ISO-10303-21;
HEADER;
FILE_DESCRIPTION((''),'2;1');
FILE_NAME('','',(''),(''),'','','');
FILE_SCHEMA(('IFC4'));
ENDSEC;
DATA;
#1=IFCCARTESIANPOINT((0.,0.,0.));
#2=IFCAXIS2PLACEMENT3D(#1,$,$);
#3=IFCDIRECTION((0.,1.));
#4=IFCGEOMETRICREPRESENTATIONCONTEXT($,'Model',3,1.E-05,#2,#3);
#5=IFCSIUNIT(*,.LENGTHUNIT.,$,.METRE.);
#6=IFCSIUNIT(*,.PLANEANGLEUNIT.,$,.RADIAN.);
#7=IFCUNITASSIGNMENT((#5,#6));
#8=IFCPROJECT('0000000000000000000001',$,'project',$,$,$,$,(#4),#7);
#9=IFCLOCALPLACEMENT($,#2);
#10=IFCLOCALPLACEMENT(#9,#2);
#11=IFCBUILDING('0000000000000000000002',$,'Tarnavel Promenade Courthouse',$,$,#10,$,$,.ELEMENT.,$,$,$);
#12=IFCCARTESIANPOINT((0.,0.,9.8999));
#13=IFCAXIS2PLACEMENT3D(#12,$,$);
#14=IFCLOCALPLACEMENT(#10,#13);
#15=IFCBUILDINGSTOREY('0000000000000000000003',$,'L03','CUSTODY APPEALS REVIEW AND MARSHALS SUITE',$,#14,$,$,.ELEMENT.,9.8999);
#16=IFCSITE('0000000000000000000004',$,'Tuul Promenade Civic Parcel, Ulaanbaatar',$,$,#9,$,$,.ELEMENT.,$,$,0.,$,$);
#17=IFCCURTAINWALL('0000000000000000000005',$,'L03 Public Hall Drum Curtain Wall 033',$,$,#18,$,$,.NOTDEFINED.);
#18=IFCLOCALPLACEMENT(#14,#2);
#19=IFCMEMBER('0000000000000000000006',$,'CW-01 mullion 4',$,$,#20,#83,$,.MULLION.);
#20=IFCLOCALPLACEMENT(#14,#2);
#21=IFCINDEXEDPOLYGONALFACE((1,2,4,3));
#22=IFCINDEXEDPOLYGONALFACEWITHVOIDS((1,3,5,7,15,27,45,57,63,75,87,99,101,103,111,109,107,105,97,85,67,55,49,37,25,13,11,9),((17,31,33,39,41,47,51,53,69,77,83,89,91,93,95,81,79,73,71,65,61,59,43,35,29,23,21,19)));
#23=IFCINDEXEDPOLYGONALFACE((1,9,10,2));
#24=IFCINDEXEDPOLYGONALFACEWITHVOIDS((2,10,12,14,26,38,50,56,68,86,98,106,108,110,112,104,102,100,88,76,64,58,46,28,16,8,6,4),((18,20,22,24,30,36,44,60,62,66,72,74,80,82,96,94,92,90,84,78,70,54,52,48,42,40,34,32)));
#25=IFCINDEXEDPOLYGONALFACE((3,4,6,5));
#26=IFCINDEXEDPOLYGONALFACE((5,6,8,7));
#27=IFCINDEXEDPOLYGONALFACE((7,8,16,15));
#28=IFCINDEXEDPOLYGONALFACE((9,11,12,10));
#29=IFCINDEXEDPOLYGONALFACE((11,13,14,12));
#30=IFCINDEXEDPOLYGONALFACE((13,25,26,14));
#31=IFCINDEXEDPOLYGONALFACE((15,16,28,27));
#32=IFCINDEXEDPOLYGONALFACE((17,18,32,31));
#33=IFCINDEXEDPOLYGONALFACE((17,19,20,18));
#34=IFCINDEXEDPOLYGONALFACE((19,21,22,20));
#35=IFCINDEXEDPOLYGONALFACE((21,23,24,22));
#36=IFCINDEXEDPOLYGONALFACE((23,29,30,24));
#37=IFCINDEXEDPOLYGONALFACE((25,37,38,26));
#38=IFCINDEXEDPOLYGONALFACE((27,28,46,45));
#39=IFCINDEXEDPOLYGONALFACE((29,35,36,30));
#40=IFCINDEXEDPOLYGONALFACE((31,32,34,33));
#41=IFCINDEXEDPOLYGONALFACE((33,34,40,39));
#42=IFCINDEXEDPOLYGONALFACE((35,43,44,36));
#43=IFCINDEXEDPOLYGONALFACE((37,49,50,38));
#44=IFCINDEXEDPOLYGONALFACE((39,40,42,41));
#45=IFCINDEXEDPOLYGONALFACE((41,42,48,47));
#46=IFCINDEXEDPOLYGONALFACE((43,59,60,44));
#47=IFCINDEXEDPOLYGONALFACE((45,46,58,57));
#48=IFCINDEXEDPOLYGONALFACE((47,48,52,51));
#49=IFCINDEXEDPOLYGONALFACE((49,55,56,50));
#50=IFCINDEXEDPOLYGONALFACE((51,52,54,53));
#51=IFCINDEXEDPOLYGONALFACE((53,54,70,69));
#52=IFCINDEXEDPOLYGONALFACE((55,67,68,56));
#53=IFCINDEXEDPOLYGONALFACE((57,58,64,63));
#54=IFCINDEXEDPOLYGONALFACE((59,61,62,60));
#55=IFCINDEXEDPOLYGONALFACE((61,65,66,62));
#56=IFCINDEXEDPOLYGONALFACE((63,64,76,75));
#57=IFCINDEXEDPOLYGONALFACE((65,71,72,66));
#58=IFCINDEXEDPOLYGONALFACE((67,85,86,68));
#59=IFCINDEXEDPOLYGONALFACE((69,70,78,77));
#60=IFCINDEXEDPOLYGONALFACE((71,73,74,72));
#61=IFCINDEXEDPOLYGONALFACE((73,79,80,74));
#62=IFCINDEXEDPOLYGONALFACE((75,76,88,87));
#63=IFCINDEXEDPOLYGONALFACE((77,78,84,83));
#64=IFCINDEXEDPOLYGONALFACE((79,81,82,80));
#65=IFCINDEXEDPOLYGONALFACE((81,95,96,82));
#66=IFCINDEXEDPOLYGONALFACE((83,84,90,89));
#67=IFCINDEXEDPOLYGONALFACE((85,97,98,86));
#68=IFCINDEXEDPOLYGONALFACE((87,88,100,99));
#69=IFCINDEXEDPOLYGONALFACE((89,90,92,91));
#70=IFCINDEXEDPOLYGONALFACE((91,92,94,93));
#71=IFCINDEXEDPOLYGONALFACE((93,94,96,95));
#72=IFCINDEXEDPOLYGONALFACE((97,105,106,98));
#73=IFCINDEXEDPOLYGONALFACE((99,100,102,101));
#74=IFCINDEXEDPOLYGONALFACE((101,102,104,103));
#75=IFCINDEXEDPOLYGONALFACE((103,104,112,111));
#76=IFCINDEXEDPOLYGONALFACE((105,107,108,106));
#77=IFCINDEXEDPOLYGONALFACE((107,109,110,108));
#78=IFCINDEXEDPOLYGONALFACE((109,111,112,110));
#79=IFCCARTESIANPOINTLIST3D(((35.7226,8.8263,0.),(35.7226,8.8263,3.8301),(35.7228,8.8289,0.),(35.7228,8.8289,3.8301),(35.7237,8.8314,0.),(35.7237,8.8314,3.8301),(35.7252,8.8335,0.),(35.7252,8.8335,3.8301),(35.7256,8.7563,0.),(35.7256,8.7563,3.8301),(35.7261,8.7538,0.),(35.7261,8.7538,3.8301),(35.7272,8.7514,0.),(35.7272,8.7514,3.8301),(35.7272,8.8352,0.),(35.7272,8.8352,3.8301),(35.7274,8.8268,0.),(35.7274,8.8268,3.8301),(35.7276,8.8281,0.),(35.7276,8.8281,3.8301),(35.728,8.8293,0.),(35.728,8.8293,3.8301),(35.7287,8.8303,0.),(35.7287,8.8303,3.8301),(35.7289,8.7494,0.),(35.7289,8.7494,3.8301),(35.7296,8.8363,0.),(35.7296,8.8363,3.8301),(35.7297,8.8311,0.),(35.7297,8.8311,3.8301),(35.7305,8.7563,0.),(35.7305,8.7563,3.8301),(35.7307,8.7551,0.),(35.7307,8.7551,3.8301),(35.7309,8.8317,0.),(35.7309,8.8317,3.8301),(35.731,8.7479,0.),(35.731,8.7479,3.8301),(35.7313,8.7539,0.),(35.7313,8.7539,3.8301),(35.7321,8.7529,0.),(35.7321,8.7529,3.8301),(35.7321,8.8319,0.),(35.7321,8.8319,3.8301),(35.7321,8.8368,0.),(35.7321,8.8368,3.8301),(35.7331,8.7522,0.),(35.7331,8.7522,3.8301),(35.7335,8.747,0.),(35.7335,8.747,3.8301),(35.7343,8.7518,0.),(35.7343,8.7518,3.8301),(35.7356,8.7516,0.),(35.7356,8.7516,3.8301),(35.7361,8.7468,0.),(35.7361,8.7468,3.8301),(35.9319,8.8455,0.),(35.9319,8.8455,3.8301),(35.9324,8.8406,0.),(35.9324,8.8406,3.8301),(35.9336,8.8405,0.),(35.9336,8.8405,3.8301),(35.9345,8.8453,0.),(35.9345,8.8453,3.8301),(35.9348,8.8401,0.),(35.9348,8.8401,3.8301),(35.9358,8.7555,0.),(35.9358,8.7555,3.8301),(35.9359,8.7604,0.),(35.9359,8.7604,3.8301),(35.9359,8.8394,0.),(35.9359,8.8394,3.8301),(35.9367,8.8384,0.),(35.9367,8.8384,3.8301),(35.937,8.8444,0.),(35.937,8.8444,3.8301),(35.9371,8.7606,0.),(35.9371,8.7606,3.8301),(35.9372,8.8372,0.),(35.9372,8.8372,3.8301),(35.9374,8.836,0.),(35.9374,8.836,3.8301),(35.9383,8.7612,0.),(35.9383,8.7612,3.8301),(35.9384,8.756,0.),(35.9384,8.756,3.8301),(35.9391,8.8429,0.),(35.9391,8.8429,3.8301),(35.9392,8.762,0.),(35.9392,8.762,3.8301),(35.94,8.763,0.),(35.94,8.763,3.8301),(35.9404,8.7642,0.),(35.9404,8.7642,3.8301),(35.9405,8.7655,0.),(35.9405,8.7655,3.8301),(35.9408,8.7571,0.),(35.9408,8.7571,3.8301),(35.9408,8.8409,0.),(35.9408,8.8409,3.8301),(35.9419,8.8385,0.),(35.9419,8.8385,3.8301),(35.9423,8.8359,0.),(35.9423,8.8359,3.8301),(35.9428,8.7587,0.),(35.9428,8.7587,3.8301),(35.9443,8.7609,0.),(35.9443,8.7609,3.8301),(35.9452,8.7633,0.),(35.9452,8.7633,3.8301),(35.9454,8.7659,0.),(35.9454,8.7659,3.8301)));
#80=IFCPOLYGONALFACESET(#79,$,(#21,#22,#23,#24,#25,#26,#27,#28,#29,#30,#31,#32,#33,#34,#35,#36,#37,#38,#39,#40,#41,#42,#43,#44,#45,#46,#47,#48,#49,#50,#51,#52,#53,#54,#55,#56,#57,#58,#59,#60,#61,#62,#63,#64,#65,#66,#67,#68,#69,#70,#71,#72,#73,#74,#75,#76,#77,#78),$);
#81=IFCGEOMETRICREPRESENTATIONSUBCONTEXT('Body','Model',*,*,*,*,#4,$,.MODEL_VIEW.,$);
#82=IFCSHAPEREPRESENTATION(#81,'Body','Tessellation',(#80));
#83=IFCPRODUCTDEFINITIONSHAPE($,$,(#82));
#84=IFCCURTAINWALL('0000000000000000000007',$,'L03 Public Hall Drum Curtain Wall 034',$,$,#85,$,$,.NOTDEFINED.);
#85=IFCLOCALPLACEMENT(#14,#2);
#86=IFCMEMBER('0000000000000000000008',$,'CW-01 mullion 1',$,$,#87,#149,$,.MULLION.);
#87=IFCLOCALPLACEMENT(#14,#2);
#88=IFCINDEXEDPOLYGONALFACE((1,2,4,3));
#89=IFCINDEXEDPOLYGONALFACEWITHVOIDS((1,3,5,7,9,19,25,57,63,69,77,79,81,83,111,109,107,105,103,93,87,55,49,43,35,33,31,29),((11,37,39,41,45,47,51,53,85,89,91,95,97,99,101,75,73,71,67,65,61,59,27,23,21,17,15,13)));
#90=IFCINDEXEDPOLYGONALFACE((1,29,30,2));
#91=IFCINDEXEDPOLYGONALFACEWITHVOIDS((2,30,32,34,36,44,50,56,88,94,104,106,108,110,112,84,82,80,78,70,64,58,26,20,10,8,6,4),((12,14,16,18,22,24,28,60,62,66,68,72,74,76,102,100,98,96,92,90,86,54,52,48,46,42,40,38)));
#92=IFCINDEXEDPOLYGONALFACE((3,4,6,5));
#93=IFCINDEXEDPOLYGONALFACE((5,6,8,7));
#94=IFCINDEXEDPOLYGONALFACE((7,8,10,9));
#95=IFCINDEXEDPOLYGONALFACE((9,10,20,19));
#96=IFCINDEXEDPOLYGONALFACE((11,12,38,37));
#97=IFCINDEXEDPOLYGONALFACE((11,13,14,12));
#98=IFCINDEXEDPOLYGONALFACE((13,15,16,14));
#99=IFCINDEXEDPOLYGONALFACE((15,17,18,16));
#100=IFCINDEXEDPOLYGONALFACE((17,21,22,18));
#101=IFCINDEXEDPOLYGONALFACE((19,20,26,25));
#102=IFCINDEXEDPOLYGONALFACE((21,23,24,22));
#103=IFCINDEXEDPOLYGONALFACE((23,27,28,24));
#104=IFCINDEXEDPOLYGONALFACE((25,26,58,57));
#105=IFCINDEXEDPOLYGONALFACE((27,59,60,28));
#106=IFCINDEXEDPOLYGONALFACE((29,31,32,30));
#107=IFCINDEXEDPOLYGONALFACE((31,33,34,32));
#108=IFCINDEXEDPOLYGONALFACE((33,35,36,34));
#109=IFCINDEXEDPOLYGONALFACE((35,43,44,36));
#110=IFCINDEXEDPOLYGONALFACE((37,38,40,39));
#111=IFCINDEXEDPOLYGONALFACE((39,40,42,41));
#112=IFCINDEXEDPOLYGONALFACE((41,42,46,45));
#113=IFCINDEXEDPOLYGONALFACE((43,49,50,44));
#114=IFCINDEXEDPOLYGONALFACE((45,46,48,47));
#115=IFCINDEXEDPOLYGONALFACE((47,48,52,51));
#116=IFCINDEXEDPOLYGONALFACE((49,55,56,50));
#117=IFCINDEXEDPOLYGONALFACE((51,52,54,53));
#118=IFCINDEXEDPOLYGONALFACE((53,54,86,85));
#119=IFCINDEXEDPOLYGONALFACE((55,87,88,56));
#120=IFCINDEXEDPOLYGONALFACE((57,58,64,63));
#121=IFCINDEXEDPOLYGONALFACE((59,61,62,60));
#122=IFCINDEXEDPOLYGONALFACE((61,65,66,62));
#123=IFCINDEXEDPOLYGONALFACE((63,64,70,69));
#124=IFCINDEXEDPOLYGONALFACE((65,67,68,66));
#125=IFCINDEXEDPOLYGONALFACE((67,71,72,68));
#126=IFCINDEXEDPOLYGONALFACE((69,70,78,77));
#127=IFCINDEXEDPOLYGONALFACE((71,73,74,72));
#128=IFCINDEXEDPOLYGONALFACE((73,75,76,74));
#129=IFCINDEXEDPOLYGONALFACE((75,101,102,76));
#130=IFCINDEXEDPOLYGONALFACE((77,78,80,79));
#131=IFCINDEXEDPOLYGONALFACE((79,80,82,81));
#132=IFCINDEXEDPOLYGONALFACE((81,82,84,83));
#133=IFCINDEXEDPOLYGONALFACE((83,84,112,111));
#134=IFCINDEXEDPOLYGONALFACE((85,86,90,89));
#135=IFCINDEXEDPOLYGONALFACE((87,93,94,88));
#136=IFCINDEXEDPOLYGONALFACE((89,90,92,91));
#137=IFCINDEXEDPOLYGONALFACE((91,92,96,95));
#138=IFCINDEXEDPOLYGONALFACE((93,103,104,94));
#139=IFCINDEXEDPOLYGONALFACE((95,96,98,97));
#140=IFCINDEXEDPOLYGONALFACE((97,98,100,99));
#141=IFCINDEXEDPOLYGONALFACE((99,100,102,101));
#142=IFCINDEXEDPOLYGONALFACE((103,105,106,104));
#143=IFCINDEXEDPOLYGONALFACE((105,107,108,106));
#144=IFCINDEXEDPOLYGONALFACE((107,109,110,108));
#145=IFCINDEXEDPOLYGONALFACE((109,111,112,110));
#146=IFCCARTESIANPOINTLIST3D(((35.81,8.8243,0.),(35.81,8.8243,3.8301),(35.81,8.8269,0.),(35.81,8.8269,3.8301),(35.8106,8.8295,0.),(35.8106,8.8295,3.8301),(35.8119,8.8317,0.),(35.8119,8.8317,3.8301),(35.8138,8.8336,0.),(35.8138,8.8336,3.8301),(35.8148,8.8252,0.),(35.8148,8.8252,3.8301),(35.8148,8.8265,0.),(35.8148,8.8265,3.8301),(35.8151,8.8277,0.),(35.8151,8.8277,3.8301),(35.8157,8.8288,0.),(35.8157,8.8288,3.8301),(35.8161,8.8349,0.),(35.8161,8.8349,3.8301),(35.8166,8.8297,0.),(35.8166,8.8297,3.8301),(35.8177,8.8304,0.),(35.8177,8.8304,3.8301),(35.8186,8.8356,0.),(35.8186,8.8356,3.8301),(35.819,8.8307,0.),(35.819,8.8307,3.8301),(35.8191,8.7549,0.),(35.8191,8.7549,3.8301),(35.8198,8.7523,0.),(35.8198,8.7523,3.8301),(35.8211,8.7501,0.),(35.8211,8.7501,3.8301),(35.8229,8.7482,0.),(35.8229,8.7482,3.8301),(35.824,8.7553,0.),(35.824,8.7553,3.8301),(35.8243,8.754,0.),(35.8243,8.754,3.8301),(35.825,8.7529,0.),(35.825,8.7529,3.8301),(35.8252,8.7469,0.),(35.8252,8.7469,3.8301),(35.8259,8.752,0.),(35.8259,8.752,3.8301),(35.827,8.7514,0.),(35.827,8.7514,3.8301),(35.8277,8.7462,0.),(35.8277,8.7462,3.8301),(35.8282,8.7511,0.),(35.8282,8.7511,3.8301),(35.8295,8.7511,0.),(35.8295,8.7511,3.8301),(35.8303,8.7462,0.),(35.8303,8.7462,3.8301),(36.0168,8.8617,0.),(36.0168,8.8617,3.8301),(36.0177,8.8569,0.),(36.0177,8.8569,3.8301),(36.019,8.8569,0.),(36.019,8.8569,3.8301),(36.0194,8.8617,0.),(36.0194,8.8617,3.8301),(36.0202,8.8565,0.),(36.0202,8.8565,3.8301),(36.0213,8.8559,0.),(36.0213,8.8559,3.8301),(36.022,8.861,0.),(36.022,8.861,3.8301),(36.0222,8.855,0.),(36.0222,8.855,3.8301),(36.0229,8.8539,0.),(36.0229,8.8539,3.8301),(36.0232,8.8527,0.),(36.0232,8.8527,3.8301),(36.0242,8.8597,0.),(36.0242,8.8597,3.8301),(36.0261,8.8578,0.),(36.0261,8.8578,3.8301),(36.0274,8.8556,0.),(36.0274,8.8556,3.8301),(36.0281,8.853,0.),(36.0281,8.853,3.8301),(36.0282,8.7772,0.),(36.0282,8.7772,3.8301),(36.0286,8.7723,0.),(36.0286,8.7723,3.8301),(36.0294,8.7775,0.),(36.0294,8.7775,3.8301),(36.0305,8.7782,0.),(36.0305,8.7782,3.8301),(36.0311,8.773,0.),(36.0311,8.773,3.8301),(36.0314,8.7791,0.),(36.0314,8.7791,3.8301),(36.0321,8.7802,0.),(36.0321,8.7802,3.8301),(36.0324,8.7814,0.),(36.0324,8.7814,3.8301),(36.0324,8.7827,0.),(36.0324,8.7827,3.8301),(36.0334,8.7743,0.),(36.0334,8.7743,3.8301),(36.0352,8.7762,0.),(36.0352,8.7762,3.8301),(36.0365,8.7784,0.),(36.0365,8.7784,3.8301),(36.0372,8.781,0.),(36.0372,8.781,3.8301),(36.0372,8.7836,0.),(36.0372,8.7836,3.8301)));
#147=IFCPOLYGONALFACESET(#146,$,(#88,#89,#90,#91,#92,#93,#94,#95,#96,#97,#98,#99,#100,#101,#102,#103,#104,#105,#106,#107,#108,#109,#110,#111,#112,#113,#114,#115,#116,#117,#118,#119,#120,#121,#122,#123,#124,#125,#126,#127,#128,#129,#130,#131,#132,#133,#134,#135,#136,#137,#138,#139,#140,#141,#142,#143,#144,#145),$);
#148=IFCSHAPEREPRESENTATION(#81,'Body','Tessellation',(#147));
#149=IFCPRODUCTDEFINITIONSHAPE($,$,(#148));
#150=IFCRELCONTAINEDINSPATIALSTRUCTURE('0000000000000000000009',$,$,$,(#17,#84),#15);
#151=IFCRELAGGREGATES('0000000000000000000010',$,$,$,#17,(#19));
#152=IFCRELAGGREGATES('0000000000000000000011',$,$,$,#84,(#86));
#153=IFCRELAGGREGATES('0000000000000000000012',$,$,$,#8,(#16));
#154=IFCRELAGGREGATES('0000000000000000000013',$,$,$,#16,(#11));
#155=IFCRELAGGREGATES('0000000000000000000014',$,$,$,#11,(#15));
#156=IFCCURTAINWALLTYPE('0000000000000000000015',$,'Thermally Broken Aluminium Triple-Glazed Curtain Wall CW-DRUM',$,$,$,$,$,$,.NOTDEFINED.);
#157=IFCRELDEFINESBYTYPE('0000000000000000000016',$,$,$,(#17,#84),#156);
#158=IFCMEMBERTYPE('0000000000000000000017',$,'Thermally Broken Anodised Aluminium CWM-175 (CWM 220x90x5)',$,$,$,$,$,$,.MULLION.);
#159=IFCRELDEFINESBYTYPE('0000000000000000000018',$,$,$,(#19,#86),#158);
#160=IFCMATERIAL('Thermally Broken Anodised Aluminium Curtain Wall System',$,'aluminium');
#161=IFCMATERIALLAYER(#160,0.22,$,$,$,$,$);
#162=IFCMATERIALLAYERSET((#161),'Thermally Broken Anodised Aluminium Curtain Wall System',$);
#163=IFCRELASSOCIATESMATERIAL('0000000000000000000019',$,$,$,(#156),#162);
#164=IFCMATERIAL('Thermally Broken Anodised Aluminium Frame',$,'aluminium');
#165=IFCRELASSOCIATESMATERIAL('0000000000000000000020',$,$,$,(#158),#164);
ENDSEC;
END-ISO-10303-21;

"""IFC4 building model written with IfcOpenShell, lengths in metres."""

from ifc_helpers import new_model, si_unit, direction, frame, origin, origin_2d, place, context, subcontext, project, spatial, hollow_rectangle, extrude, material, layer, layer_set, material_profile, profile_set, type_object, element, aggregate, save


model = new_model("IFC4")

# Units and contexts
model_context = context("Model", 3, precision=1e-05, world=origin(), true_north=direction((0.0, 1.0)))
body_context = subcontext(model_context, "Body", "Model", "MODEL_VIEW")
ifc_project = project(units=[si_unit("LENGTHUNIT", "METRE"), si_unit("PLANEANGLEUNIT", "RADIAN")], contexts=[model_context])

# Site, building, storey
site_placement = place(None, origin())
site = spatial("IfcSite", under=ifc_project, at=site_placement, Name="Tuul Promenade Civic Parcel, Ulaanbaatar", CompositionType="ELEMENT", RefElevation=0.0)
building_placement = place(site_placement, origin())
building = spatial("IfcBuilding", under=site, at=building_placement, Name="Tarnavel Promenade Courthouse", CompositionType="ELEMENT")
storey_placement = place(building_placement, frame((0.0, 0.0, 9.8999)))
storey = spatial("IfcBuildingStorey", under=building, at=storey_placement, Name="L03", Description="CUSTODY APPEALS REVIEW AND MARSHALS SUITE", CompositionType="ELEMENT", Elevation=9.8999)

# Curtain walls, members
ifc_material_1 = material(Name="Thermally Broken Anodised Aluminium Curtain Wall System", Category="aluminium")
ifc_layer_1 = layer(ifc_material_1, 0.22)
ifc_layer_set_1 = layer_set([ifc_layer_1], Name="Thermally Broken Anodised Aluminium Curtain Wall System")
curtain_wall_type = type_object("IfcCurtainWallType", Name="Thermally Broken Aluminium Triple-Glazed Curtain Wall CW-DRUM", PredefinedType="NOTDEFINED", material=ifc_layer_set_1)
curtain_wall_1_placement = place(storey_placement, origin())
curtain_wall_1 = element("IfcCurtainWall", 1, at=curtain_wall_1_placement, inside=storey, type_object=curtain_wall_type, Name="L03 Public Hall Drum Curtain Wall 033", PredefinedType="NOTDEFINED")
ifc_material_2 = material(Name="Thermally Broken Anodised Aluminium Frame", Category="aluminium")
ifc_material_profile_1 = material_profile(ifc_material_2, hollow_rectangle(XDim=0.0901, YDim=0.22, WallThickness=0.0049, InnerFilletRadius=0.0049, OuterFilletRadius=0.01, at=origin_2d()), Name="CWM 220x90x5")
ifc_profile_set_1 = profile_set([ifc_material_profile_1], Name="Thermally Broken Anodised Aluminium Frame")
member_type_1 = type_object("IfcMemberType", Name="Thermally Broken Anodised Aluminium CWM-175 (CWM 220x90x5)", PredefinedType="MULLION", material=ifc_profile_set_1)
member_1_placement = place(storey_placement, frame((35.834, 8.7961, 0.0), z_axis=(0.0, 0.0, 1.0), x_axis=(-0.043619, 0.999048, 0.0)))
member_1 = element("IfcMember", 2, at=member_1_placement, type_object=member_type_1, Name="CW-01 mullion 4", PredefinedType="MULLION", context=body_context, shape_type="SweptSolid", body=[
    extrude(hollow_rectangle(XDim=0.0901, YDim=0.22, WallThickness=0.0049, InnerFilletRadius=0.0049, OuterFilletRadius=0.01, at=origin_2d()), origin(), (0.0, 0.0, 1.0), 3.8301),
])
curtain_wall_2_placement = place(storey_placement, origin())
curtain_wall_2 = element("IfcCurtainWall", 3, at=curtain_wall_2_placement, inside=storey, type_object=curtain_wall_type, Name="L03 Public Hall Drum Curtain Wall 034", PredefinedType="NOTDEFINED")
member_2_placement = place(storey_placement, frame((35.9236, 8.804, 0.0), z_axis=(0.0, 0.0, 1.0), x_axis=(-0.130526, 0.991445, 0.0)))
member_2 = element("IfcMember", 4, at=member_2_placement, type_object=member_type_1, Name="CW-01 mullion 1", PredefinedType="MULLION", context=body_context, shape_type="SweptSolid", body=[
    extrude(hollow_rectangle(XDim=0.0901, YDim=0.22, WallThickness=0.0049, InnerFilletRadius=0.0049, OuterFilletRadius=0.01, at=origin_2d()), origin(), (0.0, 0.0, 1.0), 3.8301),
])

aggregate(curtain_wall_1, [member_1])
aggregate(curtain_wall_2, [member_2])

save(model, "model.ifc")
